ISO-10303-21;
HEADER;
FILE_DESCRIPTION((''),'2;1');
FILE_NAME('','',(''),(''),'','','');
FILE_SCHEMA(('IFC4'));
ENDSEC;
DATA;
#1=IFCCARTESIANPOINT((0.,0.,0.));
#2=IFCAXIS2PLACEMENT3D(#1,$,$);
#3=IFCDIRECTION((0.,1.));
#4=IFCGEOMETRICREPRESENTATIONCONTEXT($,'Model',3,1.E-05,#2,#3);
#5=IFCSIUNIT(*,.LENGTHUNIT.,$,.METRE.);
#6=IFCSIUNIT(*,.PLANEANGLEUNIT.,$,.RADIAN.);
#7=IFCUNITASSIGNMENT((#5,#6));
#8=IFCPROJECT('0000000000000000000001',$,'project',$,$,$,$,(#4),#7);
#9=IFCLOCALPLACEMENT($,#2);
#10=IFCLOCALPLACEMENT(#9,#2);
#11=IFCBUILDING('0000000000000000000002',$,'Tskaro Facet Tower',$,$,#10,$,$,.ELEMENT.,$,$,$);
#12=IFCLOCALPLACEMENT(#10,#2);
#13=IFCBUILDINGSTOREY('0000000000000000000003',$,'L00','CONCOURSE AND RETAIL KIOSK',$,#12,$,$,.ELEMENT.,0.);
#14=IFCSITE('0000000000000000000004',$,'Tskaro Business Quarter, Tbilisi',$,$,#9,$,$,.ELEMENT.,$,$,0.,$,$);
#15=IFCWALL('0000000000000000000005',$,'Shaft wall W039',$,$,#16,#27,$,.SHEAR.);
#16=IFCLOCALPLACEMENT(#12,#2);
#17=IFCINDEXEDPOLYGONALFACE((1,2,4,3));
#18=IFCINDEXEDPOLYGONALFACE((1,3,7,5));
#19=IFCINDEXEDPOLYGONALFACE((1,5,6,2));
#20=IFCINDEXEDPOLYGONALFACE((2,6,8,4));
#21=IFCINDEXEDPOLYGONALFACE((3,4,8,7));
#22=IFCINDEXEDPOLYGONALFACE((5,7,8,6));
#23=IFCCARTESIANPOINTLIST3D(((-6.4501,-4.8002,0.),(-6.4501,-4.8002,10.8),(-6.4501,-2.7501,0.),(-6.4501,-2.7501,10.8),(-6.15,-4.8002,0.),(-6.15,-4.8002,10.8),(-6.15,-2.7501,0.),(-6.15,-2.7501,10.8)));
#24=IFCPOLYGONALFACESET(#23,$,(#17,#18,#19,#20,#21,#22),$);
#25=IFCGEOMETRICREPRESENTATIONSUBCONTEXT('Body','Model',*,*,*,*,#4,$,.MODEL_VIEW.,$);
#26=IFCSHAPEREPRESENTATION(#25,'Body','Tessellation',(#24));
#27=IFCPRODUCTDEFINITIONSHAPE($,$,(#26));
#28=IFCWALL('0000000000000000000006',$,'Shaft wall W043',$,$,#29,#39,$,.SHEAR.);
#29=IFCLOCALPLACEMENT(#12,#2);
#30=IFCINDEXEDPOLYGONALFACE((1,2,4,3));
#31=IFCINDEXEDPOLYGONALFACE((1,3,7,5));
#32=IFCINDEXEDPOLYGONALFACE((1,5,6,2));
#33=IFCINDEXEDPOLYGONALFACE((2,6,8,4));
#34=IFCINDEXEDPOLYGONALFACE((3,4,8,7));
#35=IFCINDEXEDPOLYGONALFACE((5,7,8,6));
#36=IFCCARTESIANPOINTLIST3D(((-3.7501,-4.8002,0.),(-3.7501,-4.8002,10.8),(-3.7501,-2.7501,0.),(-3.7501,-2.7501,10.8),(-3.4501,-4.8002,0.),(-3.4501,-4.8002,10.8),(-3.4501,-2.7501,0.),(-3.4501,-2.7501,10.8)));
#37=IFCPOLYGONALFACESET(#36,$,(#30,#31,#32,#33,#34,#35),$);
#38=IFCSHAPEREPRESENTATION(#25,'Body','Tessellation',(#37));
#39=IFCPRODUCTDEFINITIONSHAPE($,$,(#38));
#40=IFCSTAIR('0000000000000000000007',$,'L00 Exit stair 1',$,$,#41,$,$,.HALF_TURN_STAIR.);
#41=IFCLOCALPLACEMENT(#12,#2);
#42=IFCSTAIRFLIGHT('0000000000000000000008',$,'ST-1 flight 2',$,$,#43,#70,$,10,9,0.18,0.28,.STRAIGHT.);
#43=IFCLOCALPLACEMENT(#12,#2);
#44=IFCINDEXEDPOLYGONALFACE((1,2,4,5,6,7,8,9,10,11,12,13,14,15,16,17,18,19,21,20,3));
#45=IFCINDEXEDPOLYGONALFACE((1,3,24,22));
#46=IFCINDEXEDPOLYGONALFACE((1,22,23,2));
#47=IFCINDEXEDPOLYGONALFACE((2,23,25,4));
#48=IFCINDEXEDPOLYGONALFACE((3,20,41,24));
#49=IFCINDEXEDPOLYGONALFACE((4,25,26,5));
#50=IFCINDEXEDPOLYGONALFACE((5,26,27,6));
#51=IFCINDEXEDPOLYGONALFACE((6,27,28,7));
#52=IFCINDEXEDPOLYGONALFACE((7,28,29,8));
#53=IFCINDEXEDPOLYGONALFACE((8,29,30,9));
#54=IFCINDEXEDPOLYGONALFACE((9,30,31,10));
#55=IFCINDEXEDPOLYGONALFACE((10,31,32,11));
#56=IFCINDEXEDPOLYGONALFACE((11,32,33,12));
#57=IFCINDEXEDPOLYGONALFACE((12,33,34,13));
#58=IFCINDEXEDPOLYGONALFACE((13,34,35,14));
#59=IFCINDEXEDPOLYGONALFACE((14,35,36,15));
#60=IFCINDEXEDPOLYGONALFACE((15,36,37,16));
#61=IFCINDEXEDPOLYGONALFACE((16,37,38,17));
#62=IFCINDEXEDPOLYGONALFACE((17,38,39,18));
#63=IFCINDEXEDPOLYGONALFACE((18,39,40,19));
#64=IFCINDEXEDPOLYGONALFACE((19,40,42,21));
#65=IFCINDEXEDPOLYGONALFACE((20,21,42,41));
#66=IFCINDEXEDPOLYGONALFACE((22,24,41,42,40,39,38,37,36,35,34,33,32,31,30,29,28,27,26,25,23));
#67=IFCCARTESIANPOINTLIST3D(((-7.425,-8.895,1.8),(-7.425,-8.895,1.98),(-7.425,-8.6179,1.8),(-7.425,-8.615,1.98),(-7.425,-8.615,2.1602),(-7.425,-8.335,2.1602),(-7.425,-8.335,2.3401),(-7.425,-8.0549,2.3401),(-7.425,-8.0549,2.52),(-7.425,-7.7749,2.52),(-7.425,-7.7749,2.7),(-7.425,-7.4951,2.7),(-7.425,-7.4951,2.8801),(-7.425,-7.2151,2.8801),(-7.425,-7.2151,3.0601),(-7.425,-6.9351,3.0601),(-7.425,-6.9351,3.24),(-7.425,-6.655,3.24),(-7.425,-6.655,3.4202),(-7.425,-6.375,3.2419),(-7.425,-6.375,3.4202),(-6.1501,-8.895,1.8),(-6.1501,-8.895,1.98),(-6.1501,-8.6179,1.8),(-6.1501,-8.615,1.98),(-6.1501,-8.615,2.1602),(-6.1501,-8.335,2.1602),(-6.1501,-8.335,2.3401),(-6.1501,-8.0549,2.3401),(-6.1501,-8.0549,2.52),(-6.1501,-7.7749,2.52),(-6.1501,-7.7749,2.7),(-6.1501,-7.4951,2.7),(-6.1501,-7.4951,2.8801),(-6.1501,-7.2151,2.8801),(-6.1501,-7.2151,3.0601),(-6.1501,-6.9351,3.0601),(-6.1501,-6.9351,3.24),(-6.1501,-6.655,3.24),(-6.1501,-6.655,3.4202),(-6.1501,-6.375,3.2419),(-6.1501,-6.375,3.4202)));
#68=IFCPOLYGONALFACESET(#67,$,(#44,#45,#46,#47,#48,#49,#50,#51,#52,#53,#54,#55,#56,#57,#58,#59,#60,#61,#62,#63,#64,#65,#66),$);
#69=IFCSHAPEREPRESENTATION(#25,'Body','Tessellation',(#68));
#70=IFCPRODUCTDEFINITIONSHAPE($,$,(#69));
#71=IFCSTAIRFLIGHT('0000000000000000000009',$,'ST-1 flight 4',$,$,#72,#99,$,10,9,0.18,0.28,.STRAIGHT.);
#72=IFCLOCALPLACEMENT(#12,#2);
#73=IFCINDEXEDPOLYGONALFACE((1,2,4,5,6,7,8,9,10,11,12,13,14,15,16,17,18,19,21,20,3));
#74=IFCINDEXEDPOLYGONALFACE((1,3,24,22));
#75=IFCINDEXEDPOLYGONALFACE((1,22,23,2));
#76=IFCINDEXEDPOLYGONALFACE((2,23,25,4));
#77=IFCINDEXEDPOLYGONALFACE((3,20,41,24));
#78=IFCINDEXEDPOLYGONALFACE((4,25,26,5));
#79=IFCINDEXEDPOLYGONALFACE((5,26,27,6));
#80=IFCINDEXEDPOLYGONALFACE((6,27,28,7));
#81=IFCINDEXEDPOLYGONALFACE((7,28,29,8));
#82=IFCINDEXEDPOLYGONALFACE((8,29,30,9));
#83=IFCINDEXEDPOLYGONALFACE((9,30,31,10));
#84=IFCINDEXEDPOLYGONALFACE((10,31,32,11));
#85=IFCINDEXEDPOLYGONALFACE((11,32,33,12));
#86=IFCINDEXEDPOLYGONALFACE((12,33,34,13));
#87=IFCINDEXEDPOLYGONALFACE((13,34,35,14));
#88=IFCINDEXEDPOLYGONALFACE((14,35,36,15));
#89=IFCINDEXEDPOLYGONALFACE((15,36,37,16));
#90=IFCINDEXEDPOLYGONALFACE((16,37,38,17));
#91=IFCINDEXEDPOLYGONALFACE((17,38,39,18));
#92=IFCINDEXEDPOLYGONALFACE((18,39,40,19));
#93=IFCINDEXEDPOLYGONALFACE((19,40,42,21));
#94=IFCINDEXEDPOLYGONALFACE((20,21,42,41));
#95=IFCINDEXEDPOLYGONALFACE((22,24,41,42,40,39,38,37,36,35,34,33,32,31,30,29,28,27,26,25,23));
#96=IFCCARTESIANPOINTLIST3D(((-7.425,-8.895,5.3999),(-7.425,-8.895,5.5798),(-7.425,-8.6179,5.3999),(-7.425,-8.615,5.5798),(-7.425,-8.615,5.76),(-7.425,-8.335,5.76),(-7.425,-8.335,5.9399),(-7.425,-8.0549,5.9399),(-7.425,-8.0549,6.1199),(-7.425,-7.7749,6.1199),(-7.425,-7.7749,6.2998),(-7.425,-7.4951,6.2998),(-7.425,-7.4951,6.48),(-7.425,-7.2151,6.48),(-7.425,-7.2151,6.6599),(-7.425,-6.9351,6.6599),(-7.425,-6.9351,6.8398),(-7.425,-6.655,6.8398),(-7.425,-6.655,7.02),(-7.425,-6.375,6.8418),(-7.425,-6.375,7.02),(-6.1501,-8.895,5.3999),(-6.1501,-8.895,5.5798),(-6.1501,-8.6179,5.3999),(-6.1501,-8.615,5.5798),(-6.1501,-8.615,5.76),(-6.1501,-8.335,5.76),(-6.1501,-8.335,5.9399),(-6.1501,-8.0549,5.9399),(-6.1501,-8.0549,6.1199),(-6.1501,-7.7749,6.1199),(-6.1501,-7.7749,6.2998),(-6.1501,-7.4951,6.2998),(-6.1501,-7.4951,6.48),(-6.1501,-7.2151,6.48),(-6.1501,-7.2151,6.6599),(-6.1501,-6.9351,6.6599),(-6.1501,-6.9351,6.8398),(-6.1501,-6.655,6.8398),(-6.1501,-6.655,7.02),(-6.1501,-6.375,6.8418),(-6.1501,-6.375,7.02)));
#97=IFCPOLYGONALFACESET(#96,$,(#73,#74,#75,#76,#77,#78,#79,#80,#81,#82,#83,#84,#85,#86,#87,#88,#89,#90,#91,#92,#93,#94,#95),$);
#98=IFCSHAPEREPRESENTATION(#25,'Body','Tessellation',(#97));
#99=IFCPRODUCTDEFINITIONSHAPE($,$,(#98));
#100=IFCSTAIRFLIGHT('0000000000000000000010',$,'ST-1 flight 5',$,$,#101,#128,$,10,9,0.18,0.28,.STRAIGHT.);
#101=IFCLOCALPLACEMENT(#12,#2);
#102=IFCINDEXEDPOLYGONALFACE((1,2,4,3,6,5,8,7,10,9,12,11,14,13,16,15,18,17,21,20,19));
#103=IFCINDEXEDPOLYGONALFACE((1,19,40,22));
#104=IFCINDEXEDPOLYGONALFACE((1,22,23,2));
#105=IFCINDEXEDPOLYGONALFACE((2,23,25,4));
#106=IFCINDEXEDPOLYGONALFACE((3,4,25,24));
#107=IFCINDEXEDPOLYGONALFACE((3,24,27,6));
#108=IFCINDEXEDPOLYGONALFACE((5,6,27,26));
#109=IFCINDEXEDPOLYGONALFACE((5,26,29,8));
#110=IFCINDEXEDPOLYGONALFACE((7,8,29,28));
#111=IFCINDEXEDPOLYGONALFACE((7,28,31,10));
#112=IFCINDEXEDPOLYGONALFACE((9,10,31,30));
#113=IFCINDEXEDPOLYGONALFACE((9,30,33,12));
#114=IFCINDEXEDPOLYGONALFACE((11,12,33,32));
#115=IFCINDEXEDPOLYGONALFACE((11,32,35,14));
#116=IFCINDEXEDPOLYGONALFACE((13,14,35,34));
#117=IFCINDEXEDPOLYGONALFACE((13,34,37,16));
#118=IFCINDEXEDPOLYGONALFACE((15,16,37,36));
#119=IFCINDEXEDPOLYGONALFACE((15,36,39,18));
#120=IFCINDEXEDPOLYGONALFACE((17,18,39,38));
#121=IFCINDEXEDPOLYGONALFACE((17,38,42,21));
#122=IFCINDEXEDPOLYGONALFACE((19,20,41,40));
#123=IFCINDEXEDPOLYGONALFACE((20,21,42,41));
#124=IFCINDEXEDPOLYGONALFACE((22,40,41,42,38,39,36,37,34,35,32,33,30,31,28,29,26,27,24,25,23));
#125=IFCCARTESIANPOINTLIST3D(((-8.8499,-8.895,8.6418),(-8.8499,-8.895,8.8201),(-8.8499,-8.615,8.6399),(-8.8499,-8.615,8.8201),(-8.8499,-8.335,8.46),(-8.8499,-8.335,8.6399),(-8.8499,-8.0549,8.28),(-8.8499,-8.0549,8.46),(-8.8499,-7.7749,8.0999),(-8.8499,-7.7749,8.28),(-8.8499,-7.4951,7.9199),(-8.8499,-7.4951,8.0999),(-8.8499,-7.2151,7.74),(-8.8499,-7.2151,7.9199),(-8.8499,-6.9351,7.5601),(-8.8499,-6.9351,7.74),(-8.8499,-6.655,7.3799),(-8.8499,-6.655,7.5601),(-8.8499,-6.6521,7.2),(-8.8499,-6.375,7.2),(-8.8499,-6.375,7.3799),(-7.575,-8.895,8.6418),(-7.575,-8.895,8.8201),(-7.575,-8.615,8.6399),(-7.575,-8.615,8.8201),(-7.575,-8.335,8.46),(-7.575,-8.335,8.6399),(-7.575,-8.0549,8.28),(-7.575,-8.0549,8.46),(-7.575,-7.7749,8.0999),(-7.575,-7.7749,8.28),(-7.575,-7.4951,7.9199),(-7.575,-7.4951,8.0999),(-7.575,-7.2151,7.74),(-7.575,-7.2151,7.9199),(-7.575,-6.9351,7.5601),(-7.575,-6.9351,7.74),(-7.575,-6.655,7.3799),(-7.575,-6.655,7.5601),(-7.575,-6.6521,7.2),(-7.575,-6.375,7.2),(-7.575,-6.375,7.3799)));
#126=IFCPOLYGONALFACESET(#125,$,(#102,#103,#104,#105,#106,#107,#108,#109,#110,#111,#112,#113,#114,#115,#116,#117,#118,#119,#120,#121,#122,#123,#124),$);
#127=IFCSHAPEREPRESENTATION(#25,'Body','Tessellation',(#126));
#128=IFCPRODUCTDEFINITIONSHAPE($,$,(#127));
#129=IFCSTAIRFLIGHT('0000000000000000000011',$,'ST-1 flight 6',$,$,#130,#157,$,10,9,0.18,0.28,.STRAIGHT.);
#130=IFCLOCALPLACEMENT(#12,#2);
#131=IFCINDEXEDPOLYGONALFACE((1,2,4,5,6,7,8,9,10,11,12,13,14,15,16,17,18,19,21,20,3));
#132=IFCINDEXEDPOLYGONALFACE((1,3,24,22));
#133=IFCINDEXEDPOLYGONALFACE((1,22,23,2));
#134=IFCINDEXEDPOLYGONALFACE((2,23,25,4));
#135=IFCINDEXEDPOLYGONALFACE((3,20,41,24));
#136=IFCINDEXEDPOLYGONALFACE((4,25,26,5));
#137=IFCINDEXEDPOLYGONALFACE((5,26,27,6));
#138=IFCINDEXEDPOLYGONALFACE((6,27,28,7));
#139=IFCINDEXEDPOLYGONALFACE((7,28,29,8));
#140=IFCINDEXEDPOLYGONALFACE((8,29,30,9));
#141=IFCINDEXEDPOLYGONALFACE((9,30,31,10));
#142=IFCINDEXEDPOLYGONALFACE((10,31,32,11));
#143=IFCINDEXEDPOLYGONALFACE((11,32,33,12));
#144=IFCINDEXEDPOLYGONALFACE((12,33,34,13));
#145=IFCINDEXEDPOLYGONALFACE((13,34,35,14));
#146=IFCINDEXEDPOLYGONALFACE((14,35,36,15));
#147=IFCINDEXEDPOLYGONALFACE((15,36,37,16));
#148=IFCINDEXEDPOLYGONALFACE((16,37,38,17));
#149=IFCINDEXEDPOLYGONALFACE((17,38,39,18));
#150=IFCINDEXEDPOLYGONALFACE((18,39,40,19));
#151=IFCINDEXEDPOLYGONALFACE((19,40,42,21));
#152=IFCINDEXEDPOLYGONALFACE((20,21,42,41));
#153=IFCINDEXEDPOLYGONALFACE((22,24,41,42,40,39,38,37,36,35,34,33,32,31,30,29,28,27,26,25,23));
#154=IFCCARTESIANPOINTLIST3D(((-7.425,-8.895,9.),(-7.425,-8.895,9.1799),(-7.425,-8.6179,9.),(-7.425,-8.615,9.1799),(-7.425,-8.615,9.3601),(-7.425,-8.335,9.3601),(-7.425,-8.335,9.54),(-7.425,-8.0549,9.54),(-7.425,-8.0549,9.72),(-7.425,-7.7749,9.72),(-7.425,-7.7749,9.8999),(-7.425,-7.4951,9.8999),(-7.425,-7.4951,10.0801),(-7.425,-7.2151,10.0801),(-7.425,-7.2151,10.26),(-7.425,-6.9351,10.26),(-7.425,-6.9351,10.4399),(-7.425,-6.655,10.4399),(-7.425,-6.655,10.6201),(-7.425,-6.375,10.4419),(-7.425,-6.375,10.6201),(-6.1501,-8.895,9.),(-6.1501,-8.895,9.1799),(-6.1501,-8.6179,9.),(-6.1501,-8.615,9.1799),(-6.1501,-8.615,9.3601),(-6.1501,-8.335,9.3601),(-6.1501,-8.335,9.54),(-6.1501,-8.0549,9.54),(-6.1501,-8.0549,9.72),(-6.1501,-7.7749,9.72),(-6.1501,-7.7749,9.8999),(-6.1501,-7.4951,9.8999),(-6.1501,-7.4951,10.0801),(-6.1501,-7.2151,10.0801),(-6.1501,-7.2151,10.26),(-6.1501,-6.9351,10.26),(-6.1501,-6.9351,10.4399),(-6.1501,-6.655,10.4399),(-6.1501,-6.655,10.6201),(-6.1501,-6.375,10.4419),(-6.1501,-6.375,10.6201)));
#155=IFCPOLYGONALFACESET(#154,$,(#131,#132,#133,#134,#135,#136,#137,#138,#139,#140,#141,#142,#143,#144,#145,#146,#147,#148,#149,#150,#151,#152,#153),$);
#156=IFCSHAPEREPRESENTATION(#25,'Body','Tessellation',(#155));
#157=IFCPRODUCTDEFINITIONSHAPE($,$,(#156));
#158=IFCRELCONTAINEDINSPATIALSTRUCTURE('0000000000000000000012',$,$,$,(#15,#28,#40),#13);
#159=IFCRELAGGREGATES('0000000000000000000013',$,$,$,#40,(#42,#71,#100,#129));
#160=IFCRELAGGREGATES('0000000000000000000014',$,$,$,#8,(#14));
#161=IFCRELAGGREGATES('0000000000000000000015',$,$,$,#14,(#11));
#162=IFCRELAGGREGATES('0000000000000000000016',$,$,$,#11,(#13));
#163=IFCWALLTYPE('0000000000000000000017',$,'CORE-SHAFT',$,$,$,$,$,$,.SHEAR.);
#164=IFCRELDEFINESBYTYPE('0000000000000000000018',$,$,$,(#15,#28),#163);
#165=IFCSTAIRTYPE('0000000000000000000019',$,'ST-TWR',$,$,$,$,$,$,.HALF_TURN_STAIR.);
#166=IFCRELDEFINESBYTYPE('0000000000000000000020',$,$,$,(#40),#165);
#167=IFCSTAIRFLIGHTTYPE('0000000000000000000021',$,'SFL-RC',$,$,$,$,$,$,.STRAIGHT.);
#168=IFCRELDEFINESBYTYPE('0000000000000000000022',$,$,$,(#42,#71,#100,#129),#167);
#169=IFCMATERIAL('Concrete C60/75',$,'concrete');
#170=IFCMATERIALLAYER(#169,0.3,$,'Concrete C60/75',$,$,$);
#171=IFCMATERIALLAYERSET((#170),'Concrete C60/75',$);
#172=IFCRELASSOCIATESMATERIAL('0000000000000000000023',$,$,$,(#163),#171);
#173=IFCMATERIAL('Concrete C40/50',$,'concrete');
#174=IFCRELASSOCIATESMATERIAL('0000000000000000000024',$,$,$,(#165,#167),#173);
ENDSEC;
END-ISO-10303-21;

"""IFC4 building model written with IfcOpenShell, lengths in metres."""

from ifc_helpers import new_model, si_unit, direction, frame, frame_2d, origin, place, context, subcontext, project, spatial, polyline, rectangle, outline, extrude, material, layer, layer_set, type_object, element, aggregate, save


model = new_model("IFC4")

# Units and contexts
model_context = context("Model", 3, precision=1e-05, world=origin(), true_north=direction((0.0, 1.0)))
body_context = subcontext(model_context, "Body", "Model", "MODEL_VIEW")
ifc_project = project(units=[si_unit("LENGTHUNIT", "METRE"), si_unit("PLANEANGLEUNIT", "RADIAN")], contexts=[model_context])

# Site, building, storey
site_placement = place(None, origin())
site = spatial("IfcSite", under=ifc_project, at=site_placement, Name="Tskaro Business Quarter, Tbilisi", CompositionType="ELEMENT", RefElevation=0.0)
building_placement = place(site_placement, origin())
building = spatial("IfcBuilding", under=site, at=building_placement, Name="Tskaro Facet Tower", CompositionType="ELEMENT")
storey_placement = place(building_placement, origin())
storey = spatial("IfcBuildingStorey", under=building, at=storey_placement, Name="L00", Description="CONCOURSE AND RETAIL KIOSK", CompositionType="ELEMENT", Elevation=0.0)

# Walls
ifc_material_1 = material(Name="Concrete C60/75", Category="concrete")
ifc_layer = layer(ifc_material_1, 0.3, Name="Concrete C60/75")
ifc_layer_set = layer_set([ifc_layer], Name="Concrete C60/75")
wall_type = type_object("IfcWallType", Name="CORE-SHAFT", PredefinedType="SHEAR", material=ifc_layer_set)
for number, where, z_axis, x_axis, name in (
    (1, (-6.3, -4.8, 0.0), (0.0, 0.0, 1.0), (0.0, 1.0, 0.0), "Shaft wall W039"),
    (2, (-3.6001, -4.8, 0.0), (0.0, 0.0, 1.0), (0.0, 1.0, 0.0), "Shaft wall W043"),
):
    element("IfcWall", number, at=place(storey_placement, frame(where, z_axis=z_axis, x_axis=x_axis)), inside=storey, type_object=wall_type, Name=name, PredefinedType="SHEAR", context=body_context, shape_type="SweptSolid", body=[
        extrude(rectangle(XDim=2.05, YDim=0.3, at=frame_2d((1.0249, 0.0))), origin(), (0.0, 0.0, 1.0), 10.8),
    ])

# Stair, stair flights
ifc_material_2 = material(Name="Concrete C40/50", Category="concrete")
stair_type = type_object("IfcStairType", Name="ST-TWR", PredefinedType="HALF_TURN_STAIR", material=ifc_material_2)
stair_placement = place(storey_placement, origin())
stair = element("IfcStair", 3, at=stair_placement, inside=storey, type_object=stair_type, Name="L00 Exit stair 1", PredefinedType="HALF_TURN_STAIR")
stair_flight_type = type_object("IfcStairFlightType", Name="SFL-RC", PredefinedType="STRAIGHT", material=ifc_material_2)
stair_flight_1_placement = place(storey_placement, frame((-6.7876, -8.895, 1.8), z_axis=(0.0, 0.0, 1.0), x_axis=(0.0, 1.0, 0.0)))
stair_flight_1 = element("IfcStairFlight", 4, at=stair_flight_1_placement, type_object=stair_flight_type, Name="ST-1 flight 2", NumberOfRisers=10, NumberOfTreads=9, PredefinedType="STRAIGHT", RiserHeight=0.18, TreadLength=0.28, context=body_context, shape_type="SweptSolid", body=[
    extrude(outline(polyline([(0.0, 0.0), (0.0, 0.1799), (0.28, 0.1799), (0.28, 0.3601), (0.5601, 0.3601), (0.5601, 0.54), (0.8401, 0.54), (0.8401, 0.72), (1.1201, 0.72), (1.1201, 0.8999), (1.3999, 0.8999), (1.3999, 1.0801), (1.6799, 1.0801), (1.6799, 1.26), (1.96, 1.26), (1.96, 1.4399), (2.24, 1.4399), (2.24, 1.6201), (2.52, 1.6201), (2.52, 1.8), (2.52, 1.4419), (0.2771, 0.0), (0.0, 0.0)])), frame((0.0, 0.6375, 0.0), z_axis=(0.0, -1.0, 0.0), x_axis=(1.0, 0.0, 0.0)), (0.0, 0.0, 1.0), 1.2749),
])
stair_flight_2_placement = place(storey_placement, frame((-6.7876, -8.895, 5.3999), z_axis=(0.0, 0.0, 1.0), x_axis=(0.0, 1.0, 0.0)))
stair_flight_2 = element("IfcStairFlight", 5, at=stair_flight_2_placement, type_object=stair_flight_type, Name="ST-1 flight 4", NumberOfRisers=10, NumberOfTreads=9, PredefinedType="STRAIGHT", RiserHeight=0.18, TreadLength=0.28, context=body_context, shape_type="SweptSolid", body=[
    extrude(outline(polyline([(0.0, 0.0), (0.0, 0.1799), (0.28, 0.1799), (0.28, 0.3601), (0.5601, 0.3601), (0.5601, 0.54), (0.8401, 0.54), (0.8401, 0.72), (1.1201, 0.72), (1.1201, 0.8999), (1.3999, 0.8999), (1.3999, 1.0801), (1.6799, 1.0801), (1.6799, 1.26), (1.96, 1.26), (1.96, 1.4399), (2.24, 1.4399), (2.24, 1.6201), (2.52, 1.6201), (2.52, 1.8), (2.52, 1.4419), (0.2771, 0.0), (0.0, 0.0)])), frame((0.0, 0.6375, 0.0), z_axis=(0.0, -1.0, 0.0), x_axis=(1.0, 0.0, 0.0)), (0.0, 0.0, 1.0), 1.2749),
])
stair_flight_3_placement = place(storey_placement, frame((-8.2124, -6.375, 7.2), z_axis=(0.0, 0.0, 1.0), x_axis=(0.0, -1.0, 0.0)))
stair_flight_3 = element("IfcStairFlight", 6, at=stair_flight_3_placement, type_object=stair_flight_type, Name="ST-1 flight 5", NumberOfRisers=10, NumberOfTreads=9, PredefinedType="STRAIGHT", RiserHeight=0.18, TreadLength=0.28, context=body_context, shape_type="SweptSolid", body=[
    extrude(outline(polyline([(0.0, 0.0), (0.0, 0.1799), (0.28, 0.1799), (0.28, 0.3601), (0.5601, 0.3601), (0.5601, 0.54), (0.8401, 0.54), (0.8401, 0.72), (1.1201, 0.72), (1.1201, 0.8999), (1.3999, 0.8999), (1.3999, 1.0801), (1.6799, 1.0801), (1.6799, 1.26), (1.96, 1.26), (1.96, 1.4399), (2.24, 1.4399), (2.24, 1.6201), (2.52, 1.6201), (2.52, 1.8), (2.52, 1.4419), (0.2771, 0.0), (0.0, 0.0)])), frame((0.0, 0.6375, 0.0), z_axis=(0.0, -1.0, 0.0), x_axis=(1.0, 0.0, 0.0)), (0.0, 0.0, 1.0), 1.2749),
])
stair_flight_4_placement = place(storey_placement, frame((-6.7876, -8.895, 9.0), z_axis=(0.0, 0.0, 1.0), x_axis=(0.0, 1.0, 0.0)))
stair_flight_4 = element("IfcStairFlight", 7, at=stair_flight_4_placement, type_object=stair_flight_type, Name="ST-1 flight 6", NumberOfRisers=10, NumberOfTreads=9, PredefinedType="STRAIGHT", RiserHeight=0.18, TreadLength=0.28, context=body_context, shape_type="SweptSolid", body=[
    extrude(outline(polyline([(0.0, 0.0), (0.0, 0.1799), (0.28, 0.1799), (0.28, 0.3601), (0.5601, 0.3601), (0.5601, 0.54), (0.8401, 0.54), (0.8401, 0.72), (1.1201, 0.72), (1.1201, 0.8999), (1.3999, 0.8999), (1.3999, 1.0801), (1.6799, 1.0801), (1.6799, 1.26), (1.96, 1.26), (1.96, 1.4399), (2.24, 1.4399), (2.24, 1.6201), (2.52, 1.6201), (2.52, 1.8), (2.52, 1.4419), (0.2771, 0.0), (0.0, 0.0)])), frame((0.0, 0.6375, 0.0), z_axis=(0.0, -1.0, 0.0), x_axis=(1.0, 0.0, 0.0)), (0.0, 0.0, 1.0), 1.2749),
])
aggregate(stair, [stair_flight_1, stair_flight_2, stair_flight_3, stair_flight_4])

save(model, "model.ifc")
